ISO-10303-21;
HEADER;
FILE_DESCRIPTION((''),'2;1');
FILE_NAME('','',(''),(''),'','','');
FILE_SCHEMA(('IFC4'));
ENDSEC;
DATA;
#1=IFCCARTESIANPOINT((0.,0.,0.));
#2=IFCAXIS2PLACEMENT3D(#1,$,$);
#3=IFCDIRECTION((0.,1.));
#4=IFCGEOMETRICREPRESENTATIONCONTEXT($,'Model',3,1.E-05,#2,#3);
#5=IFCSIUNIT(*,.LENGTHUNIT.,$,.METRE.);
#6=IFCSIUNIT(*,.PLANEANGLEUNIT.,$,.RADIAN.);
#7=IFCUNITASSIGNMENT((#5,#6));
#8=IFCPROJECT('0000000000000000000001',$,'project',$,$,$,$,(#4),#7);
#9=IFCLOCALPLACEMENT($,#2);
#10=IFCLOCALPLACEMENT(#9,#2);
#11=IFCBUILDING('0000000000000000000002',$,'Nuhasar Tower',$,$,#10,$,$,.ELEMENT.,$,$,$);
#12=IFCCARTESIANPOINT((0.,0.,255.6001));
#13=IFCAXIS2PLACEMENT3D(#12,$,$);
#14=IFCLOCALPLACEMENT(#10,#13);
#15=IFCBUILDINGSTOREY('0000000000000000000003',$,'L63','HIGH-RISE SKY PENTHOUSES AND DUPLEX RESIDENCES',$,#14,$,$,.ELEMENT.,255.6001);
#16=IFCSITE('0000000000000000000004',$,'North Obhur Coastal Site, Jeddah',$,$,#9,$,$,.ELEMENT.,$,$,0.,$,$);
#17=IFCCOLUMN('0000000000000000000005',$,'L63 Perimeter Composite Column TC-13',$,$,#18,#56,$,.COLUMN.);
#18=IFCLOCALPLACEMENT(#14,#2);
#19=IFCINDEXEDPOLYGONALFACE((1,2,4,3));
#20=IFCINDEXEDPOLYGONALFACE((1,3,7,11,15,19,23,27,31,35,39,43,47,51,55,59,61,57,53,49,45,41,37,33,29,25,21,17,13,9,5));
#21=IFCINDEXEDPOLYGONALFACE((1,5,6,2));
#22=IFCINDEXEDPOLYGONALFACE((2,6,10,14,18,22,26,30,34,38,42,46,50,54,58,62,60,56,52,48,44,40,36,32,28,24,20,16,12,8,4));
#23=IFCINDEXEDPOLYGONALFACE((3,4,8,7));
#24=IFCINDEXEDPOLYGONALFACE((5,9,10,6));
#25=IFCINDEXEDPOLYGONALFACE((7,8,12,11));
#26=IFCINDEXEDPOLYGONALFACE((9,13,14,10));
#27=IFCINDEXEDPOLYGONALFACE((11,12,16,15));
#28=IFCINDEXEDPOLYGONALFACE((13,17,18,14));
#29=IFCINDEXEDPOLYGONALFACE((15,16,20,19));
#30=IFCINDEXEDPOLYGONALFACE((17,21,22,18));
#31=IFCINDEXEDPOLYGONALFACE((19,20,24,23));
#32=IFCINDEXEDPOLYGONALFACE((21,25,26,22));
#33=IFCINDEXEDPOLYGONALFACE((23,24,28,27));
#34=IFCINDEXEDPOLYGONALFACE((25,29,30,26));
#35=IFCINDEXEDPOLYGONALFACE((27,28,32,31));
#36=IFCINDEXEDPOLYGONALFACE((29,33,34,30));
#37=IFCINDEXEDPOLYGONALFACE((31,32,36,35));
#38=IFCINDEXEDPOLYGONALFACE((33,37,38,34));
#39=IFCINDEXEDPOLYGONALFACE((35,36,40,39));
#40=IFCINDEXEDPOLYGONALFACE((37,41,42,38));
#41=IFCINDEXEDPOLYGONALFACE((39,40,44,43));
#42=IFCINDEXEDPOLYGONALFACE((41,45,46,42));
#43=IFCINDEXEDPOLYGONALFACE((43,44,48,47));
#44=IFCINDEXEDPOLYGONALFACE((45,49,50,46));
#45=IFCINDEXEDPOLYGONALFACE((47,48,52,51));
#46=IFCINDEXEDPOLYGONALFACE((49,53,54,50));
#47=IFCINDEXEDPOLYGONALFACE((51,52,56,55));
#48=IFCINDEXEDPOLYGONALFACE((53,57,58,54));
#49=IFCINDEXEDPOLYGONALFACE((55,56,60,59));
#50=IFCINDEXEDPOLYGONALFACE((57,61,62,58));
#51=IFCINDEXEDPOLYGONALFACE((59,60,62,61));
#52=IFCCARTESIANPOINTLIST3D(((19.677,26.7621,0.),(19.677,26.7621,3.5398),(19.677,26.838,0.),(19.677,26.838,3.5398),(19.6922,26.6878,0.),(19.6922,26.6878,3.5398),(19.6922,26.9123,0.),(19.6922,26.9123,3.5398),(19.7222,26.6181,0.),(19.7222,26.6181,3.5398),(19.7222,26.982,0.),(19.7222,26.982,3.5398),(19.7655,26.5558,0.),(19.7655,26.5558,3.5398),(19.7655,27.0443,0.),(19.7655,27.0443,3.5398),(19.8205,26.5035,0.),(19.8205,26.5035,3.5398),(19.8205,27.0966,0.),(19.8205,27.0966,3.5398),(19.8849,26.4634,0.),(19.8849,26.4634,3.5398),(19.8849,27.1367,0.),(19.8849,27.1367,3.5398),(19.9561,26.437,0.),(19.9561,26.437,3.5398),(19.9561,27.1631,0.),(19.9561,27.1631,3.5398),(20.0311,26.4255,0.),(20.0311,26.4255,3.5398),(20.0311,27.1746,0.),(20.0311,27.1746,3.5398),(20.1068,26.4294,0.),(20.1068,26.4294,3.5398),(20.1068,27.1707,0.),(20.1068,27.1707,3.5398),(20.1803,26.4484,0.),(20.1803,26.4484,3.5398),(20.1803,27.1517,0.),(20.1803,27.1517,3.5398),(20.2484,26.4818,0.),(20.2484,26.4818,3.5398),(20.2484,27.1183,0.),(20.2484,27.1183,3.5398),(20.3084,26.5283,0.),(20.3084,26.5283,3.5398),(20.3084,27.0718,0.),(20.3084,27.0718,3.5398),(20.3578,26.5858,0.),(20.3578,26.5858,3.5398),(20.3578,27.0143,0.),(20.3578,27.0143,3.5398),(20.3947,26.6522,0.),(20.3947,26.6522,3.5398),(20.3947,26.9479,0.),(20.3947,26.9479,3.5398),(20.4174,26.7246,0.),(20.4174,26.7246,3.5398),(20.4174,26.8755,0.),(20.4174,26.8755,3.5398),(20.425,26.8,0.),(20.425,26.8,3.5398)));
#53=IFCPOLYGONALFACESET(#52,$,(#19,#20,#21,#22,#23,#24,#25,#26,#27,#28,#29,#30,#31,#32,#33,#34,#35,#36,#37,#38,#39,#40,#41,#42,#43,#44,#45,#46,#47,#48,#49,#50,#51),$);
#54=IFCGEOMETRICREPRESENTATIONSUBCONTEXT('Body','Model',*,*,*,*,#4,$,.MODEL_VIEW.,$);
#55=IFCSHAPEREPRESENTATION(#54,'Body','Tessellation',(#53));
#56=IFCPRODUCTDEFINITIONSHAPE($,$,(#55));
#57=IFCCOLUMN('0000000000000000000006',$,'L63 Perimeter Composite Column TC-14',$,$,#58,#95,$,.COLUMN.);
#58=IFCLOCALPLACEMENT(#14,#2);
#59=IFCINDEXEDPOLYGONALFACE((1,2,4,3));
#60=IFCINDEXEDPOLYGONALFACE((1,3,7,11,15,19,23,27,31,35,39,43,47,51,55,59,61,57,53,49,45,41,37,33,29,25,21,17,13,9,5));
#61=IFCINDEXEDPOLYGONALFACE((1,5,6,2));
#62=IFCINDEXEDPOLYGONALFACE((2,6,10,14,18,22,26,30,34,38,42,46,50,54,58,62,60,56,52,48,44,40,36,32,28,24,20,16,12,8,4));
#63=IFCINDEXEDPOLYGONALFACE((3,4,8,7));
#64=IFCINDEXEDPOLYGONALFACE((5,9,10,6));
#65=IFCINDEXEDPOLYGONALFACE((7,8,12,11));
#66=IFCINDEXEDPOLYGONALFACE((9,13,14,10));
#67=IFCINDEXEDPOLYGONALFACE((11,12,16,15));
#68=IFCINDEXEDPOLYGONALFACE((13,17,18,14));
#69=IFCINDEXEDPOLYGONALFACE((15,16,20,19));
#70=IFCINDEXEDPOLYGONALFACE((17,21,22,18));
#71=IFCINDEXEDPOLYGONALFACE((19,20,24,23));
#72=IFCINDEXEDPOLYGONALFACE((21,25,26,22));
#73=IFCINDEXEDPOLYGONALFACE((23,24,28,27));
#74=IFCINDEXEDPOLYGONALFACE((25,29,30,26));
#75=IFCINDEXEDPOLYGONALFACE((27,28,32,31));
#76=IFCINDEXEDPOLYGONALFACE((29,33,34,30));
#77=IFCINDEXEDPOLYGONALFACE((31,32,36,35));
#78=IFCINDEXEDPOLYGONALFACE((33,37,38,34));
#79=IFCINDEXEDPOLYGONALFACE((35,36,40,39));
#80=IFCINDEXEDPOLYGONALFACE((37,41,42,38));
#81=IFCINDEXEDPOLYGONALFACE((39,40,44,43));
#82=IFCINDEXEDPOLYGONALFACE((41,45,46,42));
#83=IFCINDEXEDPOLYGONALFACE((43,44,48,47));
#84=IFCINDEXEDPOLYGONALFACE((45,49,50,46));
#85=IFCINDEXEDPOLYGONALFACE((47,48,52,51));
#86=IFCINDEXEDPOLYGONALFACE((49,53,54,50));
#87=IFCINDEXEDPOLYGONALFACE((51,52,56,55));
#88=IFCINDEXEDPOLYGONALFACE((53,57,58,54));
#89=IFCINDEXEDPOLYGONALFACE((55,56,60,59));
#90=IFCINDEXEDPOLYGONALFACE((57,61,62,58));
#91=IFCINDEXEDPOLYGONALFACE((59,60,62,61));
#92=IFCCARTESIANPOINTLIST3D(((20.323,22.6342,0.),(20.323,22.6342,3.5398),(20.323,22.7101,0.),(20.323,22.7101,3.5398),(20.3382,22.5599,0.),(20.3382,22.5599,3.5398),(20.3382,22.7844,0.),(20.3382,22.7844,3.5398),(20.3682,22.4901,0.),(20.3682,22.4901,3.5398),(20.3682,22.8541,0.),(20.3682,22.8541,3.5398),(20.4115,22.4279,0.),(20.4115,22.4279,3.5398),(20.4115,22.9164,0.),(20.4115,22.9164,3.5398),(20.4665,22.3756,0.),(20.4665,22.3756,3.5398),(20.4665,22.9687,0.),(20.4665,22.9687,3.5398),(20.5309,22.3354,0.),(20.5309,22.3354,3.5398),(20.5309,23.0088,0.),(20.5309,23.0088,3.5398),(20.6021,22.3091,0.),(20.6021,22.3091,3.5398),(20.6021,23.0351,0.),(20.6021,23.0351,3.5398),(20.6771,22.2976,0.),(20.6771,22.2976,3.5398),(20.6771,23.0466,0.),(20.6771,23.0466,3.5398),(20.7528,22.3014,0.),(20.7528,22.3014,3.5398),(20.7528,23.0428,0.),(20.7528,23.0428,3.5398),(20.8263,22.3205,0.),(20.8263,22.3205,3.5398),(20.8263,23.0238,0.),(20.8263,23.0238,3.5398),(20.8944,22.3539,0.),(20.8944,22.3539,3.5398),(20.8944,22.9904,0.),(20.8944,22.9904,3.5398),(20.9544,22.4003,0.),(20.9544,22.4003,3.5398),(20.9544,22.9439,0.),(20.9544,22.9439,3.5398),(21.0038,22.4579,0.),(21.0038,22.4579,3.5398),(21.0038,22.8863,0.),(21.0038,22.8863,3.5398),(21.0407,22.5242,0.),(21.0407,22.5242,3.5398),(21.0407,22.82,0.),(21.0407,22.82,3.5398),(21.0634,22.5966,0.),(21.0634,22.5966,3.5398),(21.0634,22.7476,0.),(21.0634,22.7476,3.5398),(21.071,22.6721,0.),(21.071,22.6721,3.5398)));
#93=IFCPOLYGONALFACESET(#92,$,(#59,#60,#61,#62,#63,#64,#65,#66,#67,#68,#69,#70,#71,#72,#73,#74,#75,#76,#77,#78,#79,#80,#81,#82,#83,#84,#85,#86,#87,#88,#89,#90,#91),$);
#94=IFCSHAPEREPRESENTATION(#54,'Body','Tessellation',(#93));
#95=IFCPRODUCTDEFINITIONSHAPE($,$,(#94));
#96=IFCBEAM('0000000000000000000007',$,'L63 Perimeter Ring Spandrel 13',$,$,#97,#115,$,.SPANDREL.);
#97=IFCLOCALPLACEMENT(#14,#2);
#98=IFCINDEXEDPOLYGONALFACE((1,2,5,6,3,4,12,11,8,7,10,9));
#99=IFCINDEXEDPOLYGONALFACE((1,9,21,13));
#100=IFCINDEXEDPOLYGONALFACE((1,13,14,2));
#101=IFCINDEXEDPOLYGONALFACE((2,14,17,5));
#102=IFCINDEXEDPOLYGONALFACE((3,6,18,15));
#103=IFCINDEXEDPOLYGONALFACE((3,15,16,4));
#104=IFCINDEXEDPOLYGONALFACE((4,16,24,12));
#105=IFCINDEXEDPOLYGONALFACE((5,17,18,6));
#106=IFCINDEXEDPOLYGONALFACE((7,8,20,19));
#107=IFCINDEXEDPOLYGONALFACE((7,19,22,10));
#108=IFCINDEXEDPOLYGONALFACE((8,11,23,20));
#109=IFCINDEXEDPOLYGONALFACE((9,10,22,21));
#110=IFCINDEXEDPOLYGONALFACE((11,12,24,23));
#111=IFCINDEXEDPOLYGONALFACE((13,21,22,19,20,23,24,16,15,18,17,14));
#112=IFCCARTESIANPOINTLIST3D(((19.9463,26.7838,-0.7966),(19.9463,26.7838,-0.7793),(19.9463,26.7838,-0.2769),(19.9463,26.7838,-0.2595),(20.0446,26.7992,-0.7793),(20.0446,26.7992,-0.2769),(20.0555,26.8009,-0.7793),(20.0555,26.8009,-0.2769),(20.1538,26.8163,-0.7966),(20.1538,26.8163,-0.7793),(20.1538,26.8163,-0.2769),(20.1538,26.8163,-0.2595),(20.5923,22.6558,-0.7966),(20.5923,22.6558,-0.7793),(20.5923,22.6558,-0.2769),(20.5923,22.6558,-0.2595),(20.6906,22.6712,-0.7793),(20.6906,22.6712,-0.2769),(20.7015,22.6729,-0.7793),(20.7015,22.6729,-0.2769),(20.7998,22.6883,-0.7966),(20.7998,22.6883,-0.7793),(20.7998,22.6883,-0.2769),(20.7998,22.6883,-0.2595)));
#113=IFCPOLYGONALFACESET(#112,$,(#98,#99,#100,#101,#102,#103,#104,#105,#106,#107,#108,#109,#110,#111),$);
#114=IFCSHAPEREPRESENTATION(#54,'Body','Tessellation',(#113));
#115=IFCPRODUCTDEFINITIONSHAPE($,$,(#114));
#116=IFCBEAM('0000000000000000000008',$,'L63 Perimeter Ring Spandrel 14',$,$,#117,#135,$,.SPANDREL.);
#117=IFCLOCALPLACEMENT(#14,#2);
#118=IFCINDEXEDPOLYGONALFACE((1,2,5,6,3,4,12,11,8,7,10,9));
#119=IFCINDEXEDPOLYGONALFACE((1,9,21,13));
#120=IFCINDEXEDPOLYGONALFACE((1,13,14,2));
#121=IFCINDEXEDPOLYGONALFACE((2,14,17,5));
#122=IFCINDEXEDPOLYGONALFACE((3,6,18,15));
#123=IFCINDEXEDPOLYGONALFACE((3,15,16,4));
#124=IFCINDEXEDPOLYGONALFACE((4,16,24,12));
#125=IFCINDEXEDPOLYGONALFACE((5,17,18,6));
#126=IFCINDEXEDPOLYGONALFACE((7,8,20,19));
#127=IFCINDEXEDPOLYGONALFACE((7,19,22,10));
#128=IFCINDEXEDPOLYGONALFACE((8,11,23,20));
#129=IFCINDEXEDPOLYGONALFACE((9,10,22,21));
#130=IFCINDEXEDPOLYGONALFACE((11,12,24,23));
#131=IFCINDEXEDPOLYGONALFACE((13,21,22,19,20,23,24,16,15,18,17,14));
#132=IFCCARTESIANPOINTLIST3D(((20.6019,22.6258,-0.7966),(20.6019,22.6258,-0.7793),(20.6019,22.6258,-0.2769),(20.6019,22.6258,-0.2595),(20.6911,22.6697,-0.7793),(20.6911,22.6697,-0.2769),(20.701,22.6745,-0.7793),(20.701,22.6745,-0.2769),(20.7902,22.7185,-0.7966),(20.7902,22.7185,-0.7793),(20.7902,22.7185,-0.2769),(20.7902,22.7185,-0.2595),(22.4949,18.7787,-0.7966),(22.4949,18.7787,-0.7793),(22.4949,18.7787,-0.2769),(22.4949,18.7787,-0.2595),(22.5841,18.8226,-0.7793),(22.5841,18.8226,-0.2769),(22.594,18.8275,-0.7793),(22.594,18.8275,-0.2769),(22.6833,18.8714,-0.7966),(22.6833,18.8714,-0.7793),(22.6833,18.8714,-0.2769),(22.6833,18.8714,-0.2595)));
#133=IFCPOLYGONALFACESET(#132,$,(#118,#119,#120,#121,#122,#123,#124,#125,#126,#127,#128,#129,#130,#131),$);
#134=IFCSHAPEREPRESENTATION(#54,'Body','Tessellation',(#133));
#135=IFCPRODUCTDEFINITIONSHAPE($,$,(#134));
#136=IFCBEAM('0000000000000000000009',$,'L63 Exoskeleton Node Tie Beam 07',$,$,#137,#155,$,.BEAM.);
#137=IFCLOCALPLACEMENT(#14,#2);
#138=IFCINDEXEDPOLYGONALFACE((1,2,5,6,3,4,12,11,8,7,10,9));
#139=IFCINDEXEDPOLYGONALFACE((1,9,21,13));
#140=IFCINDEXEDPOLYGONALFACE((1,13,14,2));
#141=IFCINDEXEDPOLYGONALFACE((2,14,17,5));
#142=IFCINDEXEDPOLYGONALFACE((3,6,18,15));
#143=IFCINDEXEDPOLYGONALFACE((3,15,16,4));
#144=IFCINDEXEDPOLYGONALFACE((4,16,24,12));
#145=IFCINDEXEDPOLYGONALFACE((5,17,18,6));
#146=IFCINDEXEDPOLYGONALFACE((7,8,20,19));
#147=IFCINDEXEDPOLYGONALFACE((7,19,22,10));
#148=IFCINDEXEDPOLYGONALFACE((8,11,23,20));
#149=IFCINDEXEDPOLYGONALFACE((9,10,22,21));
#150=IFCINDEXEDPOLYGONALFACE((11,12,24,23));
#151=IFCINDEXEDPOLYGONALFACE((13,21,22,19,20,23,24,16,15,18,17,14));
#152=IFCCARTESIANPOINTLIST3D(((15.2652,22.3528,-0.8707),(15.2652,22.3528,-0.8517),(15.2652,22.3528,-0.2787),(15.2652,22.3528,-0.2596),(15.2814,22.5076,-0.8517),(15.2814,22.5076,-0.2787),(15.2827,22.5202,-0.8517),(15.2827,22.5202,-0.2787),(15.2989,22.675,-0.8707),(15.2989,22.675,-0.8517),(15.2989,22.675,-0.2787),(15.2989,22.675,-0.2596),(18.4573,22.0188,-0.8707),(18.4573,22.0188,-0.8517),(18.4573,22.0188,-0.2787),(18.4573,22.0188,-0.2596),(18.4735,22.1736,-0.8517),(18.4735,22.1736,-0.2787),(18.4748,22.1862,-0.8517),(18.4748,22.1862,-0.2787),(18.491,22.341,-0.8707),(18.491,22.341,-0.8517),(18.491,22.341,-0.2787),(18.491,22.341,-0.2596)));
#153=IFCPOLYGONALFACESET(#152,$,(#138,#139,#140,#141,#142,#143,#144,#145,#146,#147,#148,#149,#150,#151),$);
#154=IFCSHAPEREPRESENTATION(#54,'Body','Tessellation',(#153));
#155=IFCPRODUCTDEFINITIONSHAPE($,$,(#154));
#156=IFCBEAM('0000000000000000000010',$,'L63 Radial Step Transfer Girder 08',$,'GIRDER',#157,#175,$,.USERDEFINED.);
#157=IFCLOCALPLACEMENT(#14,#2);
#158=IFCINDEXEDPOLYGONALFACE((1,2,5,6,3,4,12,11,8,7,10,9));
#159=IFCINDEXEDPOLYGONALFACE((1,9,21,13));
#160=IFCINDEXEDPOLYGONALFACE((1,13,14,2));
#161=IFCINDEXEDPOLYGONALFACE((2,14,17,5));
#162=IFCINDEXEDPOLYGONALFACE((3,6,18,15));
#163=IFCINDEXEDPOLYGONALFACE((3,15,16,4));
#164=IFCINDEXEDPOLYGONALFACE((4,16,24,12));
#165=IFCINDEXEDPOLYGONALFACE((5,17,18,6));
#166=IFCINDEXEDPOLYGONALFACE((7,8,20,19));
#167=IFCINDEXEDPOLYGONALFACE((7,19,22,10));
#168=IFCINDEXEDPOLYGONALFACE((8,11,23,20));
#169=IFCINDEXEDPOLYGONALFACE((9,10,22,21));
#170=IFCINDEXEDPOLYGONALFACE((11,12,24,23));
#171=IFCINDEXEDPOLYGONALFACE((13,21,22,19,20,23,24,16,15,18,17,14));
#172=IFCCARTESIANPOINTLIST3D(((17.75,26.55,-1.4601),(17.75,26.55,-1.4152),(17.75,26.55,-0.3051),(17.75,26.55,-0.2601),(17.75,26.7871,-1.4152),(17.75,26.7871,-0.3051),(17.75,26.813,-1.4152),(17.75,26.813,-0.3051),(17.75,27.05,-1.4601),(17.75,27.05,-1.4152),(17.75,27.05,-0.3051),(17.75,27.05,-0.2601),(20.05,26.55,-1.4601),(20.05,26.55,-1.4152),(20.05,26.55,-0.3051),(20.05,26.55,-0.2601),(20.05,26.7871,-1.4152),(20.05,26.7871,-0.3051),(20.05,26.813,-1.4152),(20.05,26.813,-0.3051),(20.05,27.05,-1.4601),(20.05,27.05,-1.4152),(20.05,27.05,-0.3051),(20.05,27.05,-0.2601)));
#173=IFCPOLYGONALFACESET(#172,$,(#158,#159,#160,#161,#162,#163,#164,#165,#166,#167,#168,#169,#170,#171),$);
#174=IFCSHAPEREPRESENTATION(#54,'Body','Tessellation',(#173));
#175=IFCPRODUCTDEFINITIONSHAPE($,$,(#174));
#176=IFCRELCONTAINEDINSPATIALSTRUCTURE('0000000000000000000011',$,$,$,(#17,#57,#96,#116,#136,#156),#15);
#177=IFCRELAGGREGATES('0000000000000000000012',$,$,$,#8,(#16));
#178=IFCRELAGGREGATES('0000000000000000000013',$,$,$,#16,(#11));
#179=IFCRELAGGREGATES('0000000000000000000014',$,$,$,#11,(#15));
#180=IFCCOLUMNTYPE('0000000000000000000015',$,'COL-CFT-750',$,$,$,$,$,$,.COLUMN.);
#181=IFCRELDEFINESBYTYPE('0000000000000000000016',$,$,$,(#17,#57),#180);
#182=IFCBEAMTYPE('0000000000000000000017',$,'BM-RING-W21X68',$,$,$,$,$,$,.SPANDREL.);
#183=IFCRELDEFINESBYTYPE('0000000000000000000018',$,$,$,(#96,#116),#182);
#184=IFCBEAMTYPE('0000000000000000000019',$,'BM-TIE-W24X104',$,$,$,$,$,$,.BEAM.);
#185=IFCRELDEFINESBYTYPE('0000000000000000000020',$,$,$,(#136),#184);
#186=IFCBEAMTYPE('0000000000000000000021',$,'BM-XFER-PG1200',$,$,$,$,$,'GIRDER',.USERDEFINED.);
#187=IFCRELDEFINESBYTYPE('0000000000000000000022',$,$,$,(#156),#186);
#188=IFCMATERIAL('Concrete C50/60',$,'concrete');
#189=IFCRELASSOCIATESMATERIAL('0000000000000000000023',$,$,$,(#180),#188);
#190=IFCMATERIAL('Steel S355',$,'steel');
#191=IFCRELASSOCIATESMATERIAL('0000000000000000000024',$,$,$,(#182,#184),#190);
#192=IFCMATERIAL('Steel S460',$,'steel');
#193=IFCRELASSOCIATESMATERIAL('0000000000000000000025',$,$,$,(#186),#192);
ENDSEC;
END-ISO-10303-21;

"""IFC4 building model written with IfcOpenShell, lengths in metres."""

from ifc_helpers import new_model, si_unit, direction, frame, origin, origin_2d, place, context, subcontext, project, spatial, circle, i_section, extrude, material, material_profile, profile_set, type_object, element, save


model = new_model("IFC4")

# Units and contexts
model_context = context("Model", 3, precision=1e-05, world=origin(), true_north=direction((0.0, 1.0)))
body_context = subcontext(model_context, "Body", "Model", "MODEL_VIEW")
ifc_project = project(units=[si_unit("LENGTHUNIT", "METRE"), si_unit("PLANEANGLEUNIT", "RADIAN")], contexts=[model_context])

# Site, building, storey
site_placement = place(None, origin())
site = spatial("IfcSite", under=ifc_project, at=site_placement, Name="North Obhur Coastal Site, Jeddah", CompositionType="ELEMENT", RefElevation=0.0)
building_placement = place(site_placement, origin())
building = spatial("IfcBuilding", under=site, at=building_placement, Name="Nuhasar Tower", CompositionType="ELEMENT")
storey_placement = place(building_placement, frame((0.0, 0.0, 255.6001)))
storey = spatial("IfcBuildingStorey", under=building, at=storey_placement, Name="L63", Description="HIGH-RISE SKY PENTHOUSES AND DUPLEX RESIDENCES", CompositionType="ELEMENT", Elevation=255.6001)

# Columns
ifc_material_1 = material(Name="Concrete C50/60", Category="concrete")
ifc_material_profile_1 = material_profile(ifc_material_1, circle(Radius=0.375, at=origin_2d()), Name="CFT750")
ifc_profile_set_1 = profile_set([ifc_material_profile_1], Name="Concrete C50/60")
column_type = type_object("IfcColumnType", Name="COL-CFT-750", PredefinedType="COLUMN", material=ifc_profile_set_1)
for number, where, z_axis, x_axis, name in (
    (1, (20.05, 26.8, 0.0), (0.0, 0.0, 1.0), (1.0, 0.0, 0.0), "L63 Perimeter Composite Column TC-13"),
    (2, (20.696, 22.6721, 0.0), (0.0, 0.0, 1.0), (1.0, 0.0, 0.0), "L63 Perimeter Composite Column TC-14"),
):
    element("IfcColumn", number, at=place(storey_placement, frame(where, z_axis=z_axis, x_axis=x_axis)), inside=storey, type_object=column_type, Name=name, PredefinedType="COLUMN", context=body_context, shape_type="SweptSolid", body=[
        extrude(circle(Radius=0.375, at=origin_2d()), origin(), (0.0, 0.0, 1.0), 3.5398),
    ])

# Beams
ifc_material_2 = material(Name="Steel S355", Category="steel")
ifc_material_profile_2 = material_profile(ifc_material_2, i_section(OverallWidth=0.21, OverallDepth=0.5371, WebThickness=0.011, FlangeThickness=0.0173, at=origin_2d()), Name="W21X68")
ifc_profile_set_2 = profile_set([ifc_material_profile_2], Name="Steel S355")
beam_type_1 = type_object("IfcBeamType", Name="BM-RING-W21X68", PredefinedType="SPANDREL", material=ifc_profile_set_2)
beam_1_placement = place(storey_placement, frame((20.05, 26.8, -0.5281), z_axis=(0.154612, -0.987975, 0.0), x_axis=(0.987975, 0.154612, 0.0)))
element("IfcBeam", 3, at=beam_1_placement, inside=storey, type_object=beam_type_1, Name="L63 Perimeter Ring Spandrel 13", PredefinedType="SPANDREL", context=body_context, shape_type="SweptSolid", body=[
    extrude(i_section(OverallWidth=0.21, OverallDepth=0.5371, WebThickness=0.011, FlangeThickness=0.0173, at=origin_2d()), origin(), (0.0, 0.0, 1.0), 4.1782),
])
beam_2_placement = place(storey_placement, frame((20.696, 22.6721, -0.5281), z_axis=(0.441511, -0.897256, 0.0), x_axis=(0.897256, 0.441511, 0.0)))
element("IfcBeam", 4, at=beam_2_placement, inside=storey, type_object=beam_type_1, Name="L63 Perimeter Ring Spandrel 14", PredefinedType="SPANDREL", context=body_context, shape_type="SweptSolid", body=[
    extrude(i_section(OverallWidth=0.21, OverallDepth=0.5371, WebThickness=0.011, FlangeThickness=0.0173, at=origin_2d()), origin(), (0.0, 0.0, 1.0), 4.2876),
])
ifc_material_profile_3 = material_profile(ifc_material_2, i_section(OverallWidth=0.324, OverallDepth=0.6111, WebThickness=0.0127, FlangeThickness=0.019, at=origin_2d()), Name="W24X104")
ifc_profile_set_3 = profile_set([ifc_material_profile_3], Name="Steel S355")
beam_type_2 = type_object("IfcBeamType", Name="BM-TIE-W24X104", PredefinedType="BEAM", material=ifc_profile_set_3)
beam_3_placement = place(storey_placement, frame((18.4741, 22.1799, -0.5652), z_axis=(-0.994571, 0.104059, 0.0), x_axis=(-0.104059, -0.994571, 0.0)))
element("IfcBeam", 5, at=beam_3_placement, inside=storey, type_object=beam_type_2, Name="L63 Exoskeleton Node Tie Beam 07", PredefinedType="BEAM", context=body_context, shape_type="SweptSolid", body=[
    extrude(i_section(OverallWidth=0.324, OverallDepth=0.6111, WebThickness=0.0127, FlangeThickness=0.019, at=origin_2d()), origin(), (0.0, 0.0, 1.0), 3.2095),
])
ifc_material_3 = material(Name="Steel S460", Category="steel")
ifc_material_profile_4 = material_profile(ifc_material_3, i_section(OverallWidth=0.5, OverallDepth=1.2, WebThickness=0.0259, FlangeThickness=0.0449, at=origin_2d()), Name="PG1200X500")
ifc_profile_set_4 = profile_set([ifc_material_profile_4], Name="Steel S460")
beam_type_3 = type_object("IfcBeamType", Name="BM-XFER-PG1200", ElementType="GIRDER", PredefinedType="USERDEFINED", material=ifc_profile_set_4)
beam_4_placement = place(storey_placement, frame((20.05, 26.8, -0.8601), z_axis=(-1.0, 0.0, 0.0), x_axis=(0.0, -1.0, 0.0)))
element("IfcBeam", 6, at=beam_4_placement, inside=storey, type_object=beam_type_3, Name="L63 Radial Step Transfer Girder 08", ObjectType="GIRDER", PredefinedType="USERDEFINED", context=body_context, shape_type="SweptSolid", body=[
    extrude(i_section(OverallWidth=0.5, OverallDepth=1.2, WebThickness=0.0259, FlangeThickness=0.0449, at=origin_2d()), origin(), (0.0, 0.0, 1.0), 2.3),
])

save(model, "model.ifc")
